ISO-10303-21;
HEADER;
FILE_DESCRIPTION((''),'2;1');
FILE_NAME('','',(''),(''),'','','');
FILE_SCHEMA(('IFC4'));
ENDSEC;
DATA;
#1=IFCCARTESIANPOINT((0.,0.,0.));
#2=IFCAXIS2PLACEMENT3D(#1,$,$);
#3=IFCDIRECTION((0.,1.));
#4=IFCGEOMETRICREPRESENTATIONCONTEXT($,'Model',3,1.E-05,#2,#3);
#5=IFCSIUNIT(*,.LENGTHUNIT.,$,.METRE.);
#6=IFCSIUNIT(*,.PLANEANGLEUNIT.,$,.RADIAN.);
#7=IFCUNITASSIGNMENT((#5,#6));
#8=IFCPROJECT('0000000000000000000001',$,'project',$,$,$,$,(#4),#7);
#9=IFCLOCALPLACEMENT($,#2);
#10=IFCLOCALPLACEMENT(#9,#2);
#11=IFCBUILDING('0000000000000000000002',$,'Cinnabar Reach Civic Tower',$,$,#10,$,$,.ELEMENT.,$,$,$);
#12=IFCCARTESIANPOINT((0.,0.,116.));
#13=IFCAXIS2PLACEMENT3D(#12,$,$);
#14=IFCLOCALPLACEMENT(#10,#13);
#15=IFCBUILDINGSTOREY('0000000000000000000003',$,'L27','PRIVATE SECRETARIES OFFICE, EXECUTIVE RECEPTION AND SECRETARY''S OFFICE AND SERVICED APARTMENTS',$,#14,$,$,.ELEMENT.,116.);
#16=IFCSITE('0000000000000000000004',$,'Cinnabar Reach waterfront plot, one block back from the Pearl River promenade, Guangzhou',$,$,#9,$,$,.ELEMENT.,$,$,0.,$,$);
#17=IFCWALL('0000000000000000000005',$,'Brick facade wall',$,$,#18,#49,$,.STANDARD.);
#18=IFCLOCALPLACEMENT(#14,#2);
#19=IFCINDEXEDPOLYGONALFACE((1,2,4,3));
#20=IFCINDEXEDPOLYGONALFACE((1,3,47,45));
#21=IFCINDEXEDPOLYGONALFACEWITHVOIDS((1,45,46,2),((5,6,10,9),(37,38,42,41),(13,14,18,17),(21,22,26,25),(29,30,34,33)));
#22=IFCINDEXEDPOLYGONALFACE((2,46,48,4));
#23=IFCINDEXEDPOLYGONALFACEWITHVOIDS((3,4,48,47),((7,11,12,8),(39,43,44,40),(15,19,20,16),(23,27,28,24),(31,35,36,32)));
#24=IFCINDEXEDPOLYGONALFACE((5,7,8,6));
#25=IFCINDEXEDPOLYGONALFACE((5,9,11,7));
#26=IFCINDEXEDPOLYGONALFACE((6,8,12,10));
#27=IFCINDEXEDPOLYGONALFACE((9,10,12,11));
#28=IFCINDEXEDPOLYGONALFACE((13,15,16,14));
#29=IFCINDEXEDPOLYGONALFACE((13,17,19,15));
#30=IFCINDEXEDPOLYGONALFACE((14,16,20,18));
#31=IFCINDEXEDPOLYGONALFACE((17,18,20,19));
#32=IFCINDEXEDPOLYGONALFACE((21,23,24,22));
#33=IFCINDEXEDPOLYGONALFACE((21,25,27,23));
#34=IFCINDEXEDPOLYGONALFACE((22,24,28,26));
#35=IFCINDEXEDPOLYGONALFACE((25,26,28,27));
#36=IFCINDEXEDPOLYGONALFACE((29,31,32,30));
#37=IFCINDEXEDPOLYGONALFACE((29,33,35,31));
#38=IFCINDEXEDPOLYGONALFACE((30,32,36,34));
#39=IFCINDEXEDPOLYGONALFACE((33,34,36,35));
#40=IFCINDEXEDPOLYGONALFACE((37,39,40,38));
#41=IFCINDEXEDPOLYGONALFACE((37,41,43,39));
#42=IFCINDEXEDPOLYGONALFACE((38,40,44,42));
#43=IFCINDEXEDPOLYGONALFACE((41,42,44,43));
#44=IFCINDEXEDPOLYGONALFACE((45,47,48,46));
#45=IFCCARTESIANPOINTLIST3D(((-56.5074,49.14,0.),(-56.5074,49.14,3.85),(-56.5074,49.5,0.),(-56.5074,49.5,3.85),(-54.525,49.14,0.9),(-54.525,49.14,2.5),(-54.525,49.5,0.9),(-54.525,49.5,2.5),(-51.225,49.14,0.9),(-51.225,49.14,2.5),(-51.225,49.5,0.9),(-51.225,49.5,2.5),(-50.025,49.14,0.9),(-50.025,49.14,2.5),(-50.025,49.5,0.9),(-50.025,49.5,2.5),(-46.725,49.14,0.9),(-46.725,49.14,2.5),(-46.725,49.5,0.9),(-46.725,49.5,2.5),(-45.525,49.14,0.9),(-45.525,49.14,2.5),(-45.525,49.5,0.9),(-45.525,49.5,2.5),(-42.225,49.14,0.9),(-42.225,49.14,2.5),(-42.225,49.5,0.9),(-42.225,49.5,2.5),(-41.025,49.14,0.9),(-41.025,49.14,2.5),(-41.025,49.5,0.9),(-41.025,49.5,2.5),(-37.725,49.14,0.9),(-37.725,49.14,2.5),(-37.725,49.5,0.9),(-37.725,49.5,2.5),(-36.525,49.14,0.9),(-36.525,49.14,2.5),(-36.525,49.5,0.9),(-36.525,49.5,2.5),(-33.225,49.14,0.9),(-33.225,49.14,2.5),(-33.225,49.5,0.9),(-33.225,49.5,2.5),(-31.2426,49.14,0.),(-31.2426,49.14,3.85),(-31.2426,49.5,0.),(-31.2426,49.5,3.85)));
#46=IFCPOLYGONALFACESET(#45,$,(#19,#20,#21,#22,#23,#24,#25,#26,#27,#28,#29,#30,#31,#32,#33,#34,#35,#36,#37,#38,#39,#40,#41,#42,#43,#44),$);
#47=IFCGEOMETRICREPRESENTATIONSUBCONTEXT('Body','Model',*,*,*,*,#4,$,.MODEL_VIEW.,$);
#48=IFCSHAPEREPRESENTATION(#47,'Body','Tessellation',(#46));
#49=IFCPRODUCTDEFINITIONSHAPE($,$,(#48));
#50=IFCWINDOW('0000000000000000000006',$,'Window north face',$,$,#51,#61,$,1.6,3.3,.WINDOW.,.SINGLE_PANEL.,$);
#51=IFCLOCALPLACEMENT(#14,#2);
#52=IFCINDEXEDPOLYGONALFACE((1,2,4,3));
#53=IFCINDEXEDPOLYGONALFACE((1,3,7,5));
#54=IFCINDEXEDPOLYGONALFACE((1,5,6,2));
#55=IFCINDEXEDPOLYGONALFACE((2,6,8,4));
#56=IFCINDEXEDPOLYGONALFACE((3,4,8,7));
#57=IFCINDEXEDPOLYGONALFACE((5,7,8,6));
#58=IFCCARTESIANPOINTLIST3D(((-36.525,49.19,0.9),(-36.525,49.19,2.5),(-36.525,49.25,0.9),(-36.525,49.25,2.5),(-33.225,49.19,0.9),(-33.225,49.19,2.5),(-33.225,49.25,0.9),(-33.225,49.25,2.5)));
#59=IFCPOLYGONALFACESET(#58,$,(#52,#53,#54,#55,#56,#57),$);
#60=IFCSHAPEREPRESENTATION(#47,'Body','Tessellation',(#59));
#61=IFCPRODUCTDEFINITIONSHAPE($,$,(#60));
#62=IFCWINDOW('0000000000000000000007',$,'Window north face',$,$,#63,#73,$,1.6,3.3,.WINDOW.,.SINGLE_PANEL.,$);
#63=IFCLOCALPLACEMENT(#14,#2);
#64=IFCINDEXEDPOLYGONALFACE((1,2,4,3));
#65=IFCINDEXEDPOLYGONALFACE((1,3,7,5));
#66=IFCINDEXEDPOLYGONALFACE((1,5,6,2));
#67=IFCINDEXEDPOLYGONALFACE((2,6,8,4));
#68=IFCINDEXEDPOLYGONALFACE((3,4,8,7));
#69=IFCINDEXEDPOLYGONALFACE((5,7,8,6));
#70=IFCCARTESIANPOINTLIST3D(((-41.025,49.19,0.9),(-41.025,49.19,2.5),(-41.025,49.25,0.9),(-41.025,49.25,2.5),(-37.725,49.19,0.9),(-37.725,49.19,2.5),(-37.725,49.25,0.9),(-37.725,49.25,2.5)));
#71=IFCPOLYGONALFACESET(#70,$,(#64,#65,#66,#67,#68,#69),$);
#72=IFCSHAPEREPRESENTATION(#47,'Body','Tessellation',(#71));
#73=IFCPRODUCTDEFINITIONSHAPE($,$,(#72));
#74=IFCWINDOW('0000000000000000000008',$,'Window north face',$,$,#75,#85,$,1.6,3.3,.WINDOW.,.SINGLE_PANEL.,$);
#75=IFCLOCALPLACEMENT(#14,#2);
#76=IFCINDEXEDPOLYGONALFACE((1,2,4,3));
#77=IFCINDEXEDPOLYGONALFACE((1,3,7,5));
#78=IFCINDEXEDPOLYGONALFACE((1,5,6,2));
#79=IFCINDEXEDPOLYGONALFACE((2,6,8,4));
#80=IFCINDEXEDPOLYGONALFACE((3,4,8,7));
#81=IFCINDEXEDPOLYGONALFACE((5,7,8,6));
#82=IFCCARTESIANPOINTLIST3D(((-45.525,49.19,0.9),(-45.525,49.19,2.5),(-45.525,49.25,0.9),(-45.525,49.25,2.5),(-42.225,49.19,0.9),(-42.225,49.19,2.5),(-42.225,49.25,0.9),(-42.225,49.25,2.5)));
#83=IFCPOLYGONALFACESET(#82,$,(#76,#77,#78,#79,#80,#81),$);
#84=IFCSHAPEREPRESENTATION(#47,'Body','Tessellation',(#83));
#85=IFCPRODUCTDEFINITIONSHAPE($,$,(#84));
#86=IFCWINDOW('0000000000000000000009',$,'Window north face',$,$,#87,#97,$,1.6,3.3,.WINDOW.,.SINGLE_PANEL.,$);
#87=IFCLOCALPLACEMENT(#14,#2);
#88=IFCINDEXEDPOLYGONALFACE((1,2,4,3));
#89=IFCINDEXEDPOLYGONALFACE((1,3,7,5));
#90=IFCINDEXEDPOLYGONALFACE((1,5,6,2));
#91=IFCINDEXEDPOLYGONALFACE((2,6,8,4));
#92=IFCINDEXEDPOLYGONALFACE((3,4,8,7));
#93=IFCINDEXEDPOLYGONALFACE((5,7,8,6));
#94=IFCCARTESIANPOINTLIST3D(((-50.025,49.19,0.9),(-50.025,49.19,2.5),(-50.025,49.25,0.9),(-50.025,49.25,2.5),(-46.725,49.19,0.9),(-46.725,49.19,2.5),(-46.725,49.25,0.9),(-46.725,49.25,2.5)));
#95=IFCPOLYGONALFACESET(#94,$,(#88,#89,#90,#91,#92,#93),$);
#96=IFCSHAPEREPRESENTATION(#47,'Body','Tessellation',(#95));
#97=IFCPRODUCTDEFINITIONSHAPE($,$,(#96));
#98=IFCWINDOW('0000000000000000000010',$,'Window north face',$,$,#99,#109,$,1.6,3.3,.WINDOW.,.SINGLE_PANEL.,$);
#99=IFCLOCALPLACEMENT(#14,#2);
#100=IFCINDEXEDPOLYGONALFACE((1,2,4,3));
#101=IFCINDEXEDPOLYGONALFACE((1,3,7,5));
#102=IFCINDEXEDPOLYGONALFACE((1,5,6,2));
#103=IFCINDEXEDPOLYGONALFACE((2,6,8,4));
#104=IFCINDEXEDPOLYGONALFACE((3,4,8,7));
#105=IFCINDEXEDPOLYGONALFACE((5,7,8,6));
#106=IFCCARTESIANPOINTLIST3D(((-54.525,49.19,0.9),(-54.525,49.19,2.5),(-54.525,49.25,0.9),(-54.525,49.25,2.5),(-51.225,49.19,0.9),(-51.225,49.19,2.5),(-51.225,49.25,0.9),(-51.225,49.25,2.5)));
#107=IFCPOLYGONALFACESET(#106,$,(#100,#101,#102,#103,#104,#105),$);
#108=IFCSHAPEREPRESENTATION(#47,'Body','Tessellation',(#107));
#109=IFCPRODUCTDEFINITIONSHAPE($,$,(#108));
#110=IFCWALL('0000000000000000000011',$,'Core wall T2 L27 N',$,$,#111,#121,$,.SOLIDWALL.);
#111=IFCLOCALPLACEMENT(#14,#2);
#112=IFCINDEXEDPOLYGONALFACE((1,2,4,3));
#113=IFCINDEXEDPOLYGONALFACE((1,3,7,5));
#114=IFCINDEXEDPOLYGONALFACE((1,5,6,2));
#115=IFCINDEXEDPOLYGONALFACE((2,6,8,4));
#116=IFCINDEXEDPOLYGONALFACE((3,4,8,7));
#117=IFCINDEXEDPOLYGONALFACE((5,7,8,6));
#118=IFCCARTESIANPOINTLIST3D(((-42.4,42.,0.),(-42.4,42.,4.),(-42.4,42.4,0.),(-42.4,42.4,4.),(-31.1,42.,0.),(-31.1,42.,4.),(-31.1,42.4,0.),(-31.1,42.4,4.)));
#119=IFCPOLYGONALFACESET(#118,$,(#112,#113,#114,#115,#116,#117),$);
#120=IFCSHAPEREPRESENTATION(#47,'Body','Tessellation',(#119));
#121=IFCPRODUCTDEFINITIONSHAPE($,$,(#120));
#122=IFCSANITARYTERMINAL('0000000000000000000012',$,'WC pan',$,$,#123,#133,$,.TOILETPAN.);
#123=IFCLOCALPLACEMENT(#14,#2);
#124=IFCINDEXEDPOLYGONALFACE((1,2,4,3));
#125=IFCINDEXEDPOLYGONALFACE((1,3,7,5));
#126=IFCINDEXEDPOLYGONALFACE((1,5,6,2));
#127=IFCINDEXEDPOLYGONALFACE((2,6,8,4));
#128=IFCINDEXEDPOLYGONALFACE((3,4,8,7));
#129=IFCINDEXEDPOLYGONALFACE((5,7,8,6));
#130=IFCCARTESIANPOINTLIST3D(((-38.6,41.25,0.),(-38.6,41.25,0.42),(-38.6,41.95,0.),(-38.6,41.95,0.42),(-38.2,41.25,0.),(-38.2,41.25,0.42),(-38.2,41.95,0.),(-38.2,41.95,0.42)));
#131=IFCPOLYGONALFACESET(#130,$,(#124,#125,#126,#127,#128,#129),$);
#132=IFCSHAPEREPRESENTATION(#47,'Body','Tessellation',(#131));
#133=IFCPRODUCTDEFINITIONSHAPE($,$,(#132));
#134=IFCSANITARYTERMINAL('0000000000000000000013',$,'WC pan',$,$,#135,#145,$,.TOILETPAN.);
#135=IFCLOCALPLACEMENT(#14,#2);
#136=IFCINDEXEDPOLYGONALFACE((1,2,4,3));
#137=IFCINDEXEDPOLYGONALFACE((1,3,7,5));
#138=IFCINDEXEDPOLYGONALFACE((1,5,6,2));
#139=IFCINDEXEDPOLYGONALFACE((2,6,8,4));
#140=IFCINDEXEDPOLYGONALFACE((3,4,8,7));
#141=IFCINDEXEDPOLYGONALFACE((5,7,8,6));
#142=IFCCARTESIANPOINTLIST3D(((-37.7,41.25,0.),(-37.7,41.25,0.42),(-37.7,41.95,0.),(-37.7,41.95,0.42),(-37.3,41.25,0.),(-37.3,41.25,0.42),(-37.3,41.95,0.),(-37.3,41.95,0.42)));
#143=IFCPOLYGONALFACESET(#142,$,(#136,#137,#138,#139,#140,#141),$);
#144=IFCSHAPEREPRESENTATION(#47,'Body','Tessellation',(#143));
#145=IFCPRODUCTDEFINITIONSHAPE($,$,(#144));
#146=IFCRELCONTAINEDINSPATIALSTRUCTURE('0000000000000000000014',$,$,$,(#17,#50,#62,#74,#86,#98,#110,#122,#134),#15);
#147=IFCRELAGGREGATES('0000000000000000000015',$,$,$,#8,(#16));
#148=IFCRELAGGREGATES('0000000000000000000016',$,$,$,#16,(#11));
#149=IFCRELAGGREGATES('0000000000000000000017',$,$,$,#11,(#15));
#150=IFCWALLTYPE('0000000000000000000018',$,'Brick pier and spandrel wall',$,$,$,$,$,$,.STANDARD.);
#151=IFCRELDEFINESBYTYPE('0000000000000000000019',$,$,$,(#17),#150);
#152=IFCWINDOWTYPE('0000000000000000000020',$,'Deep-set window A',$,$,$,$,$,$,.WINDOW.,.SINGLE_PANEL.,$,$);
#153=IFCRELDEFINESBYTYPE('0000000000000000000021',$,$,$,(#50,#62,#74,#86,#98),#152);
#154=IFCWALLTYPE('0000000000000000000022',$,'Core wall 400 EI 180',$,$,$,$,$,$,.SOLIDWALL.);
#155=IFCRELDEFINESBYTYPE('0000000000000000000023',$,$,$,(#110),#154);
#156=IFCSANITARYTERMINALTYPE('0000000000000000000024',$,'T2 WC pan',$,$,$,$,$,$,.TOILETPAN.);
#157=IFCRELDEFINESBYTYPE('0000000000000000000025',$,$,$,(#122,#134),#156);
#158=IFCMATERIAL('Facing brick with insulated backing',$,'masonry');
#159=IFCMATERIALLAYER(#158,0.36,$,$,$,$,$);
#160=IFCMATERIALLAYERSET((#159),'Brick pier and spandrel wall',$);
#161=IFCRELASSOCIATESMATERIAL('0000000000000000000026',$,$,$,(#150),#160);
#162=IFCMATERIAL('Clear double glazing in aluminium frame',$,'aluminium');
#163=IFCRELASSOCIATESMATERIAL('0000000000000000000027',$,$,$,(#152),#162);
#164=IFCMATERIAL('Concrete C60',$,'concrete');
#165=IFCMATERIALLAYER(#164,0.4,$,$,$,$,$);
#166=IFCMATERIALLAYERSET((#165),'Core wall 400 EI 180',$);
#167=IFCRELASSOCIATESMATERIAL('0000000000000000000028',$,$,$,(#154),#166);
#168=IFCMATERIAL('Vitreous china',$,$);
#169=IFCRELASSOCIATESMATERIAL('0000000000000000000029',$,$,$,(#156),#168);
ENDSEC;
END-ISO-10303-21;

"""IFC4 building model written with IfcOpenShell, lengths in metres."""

from ifc_helpers import new_model, si_unit, direction, frame, frame_2d, origin, origin_2d, place, context, subcontext, project, spatial, rectangle, extrude, material, layer, layer_set, type_object, element, fill, save


model = new_model("IFC4")

# Units and contexts
model_context = context("Model", 3, precision=1e-05, world=origin(), true_north=direction((0.0, 1.0)))
body_context = subcontext(model_context, "Body", "Model", "MODEL_VIEW")
ifc_project = project(units=[si_unit("LENGTHUNIT", "METRE"), si_unit("PLANEANGLEUNIT", "RADIAN")], contexts=[model_context])

# Site, building, storey
site_placement = place(None, origin())
site = spatial("IfcSite", under=ifc_project, at=site_placement, Name="Cinnabar Reach waterfront plot, one block back from the Pearl River promenade, Guangzhou", CompositionType="ELEMENT", RefElevation=0.0)
building_placement = place(site_placement, origin())
building = spatial("IfcBuilding", under=site, at=building_placement, Name="Cinnabar Reach Civic Tower", CompositionType="ELEMENT")
storey_placement = place(building_placement, frame((0.0, 0.0, 116.0)))
storey = spatial("IfcBuildingStorey", under=building, at=storey_placement, Name="L27", Description="PRIVATE SECRETARIES OFFICE, EXECUTIVE RECEPTION AND SECRETARY'S OFFICE AND SERVICED APARTMENTS", CompositionType="ELEMENT", Elevation=116.0)

# Shared definitions
ifc_material_1 = material(Name="Concrete C60", Category="concrete")

# Shared definitions
ifc_material_2 = material(Name="Facing brick with insulated backing", Category="masonry")

# Wall, openings, windows
ifc_layer_1 = layer(ifc_material_2, 0.36)
ifc_layer_set_1 = layer_set([ifc_layer_1], Name="Brick pier and spandrel wall")
wall_type_1 = type_object("IfcWallType", Name="Brick pier and spandrel wall", PredefinedType="STANDARD", material=ifc_layer_set_1)
wall_1_placement = place(storey_placement, frame((-31.2426, 49.32, 0.0), z_axis=(0.0, 0.0, 1.0), x_axis=(-1.0, 0.0, 0.0)))
wall_1 = element("IfcWall", 1, at=wall_1_placement, inside=storey, type_object=wall_type_1, Name="Brick facade wall", PredefinedType="STANDARD", context=body_context, shape_type="SweptSolid", body=[
    extrude(rectangle(XDim=25.2648, YDim=0.36, at=frame_2d((12.6324, 0.0))), origin(), (0.0, 0.0, 1.0), 3.85),
])
opening_1_placement = place(wall_1_placement, frame((1.9824, 0.0, 0.9)))
opening_1 = element("IfcOpeningElement", 2, at=opening_1_placement, cuts=wall_1, PredefinedType="OPENING", context=body_context, shape_type="SweptSolid", body=[
    extrude(rectangle(XDim=3.3, YDim=1.6, at=frame_2d((1.65, 0.8))), frame((0.0, 0.19, 0.0), z_axis=(0.0, -1.0, 0.0), x_axis=(1.0, 0.0, 0.0)), (0.0, 0.0, 1.0), 0.38),
])
opening_2_placement = place(wall_1_placement, frame((6.4824, 0.0, 0.9)))
opening_2 = element("IfcOpeningElement", 3, at=opening_2_placement, cuts=wall_1, PredefinedType="OPENING", context=body_context, shape_type="SweptSolid", body=[
    extrude(rectangle(XDim=3.3, YDim=1.6, at=frame_2d((1.65, 0.8))), frame((0.0, 0.19, 0.0), z_axis=(0.0, -1.0, 0.0), x_axis=(1.0, 0.0, 0.0)), (0.0, 0.0, 1.0), 0.38),
])
opening_3_placement = place(wall_1_placement, frame((10.9824, 0.0, 0.9)))
opening_3 = element("IfcOpeningElement", 4, at=opening_3_placement, cuts=wall_1, PredefinedType="OPENING", context=body_context, shape_type="SweptSolid", body=[
    extrude(rectangle(XDim=3.3, YDim=1.6, at=frame_2d((1.65, 0.8))), frame((0.0, 0.19, 0.0), z_axis=(0.0, -1.0, 0.0), x_axis=(1.0, 0.0, 0.0)), (0.0, 0.0, 1.0), 0.38),
])
opening_4_placement = place(wall_1_placement, frame((15.4824, 0.0, 0.9)))
opening_4 = element("IfcOpeningElement", 5, at=opening_4_placement, cuts=wall_1, PredefinedType="OPENING", context=body_context, shape_type="SweptSolid", body=[
    extrude(rectangle(XDim=3.3, YDim=1.6, at=frame_2d((1.65, 0.8))), frame((0.0, 0.19, 0.0), z_axis=(0.0, -1.0, 0.0), x_axis=(1.0, 0.0, 0.0)), (0.0, 0.0, 1.0), 0.38),
])
opening_5_placement = place(wall_1_placement, frame((19.9824, 0.0, 0.9)))
opening_5 = element("IfcOpeningElement", 6, at=opening_5_placement, cuts=wall_1, PredefinedType="OPENING", context=body_context, shape_type="SweptSolid", body=[
    extrude(rectangle(XDim=3.3, YDim=1.6, at=frame_2d((1.65, 0.8))), frame((0.0, 0.19, 0.0), z_axis=(0.0, -1.0, 0.0), x_axis=(1.0, 0.0, 0.0)), (0.0, 0.0, 1.0), 0.38),
])
ifc_material_3 = material(Name="Clear double glazing in aluminium frame", Category="aluminium")
window_type = type_object("IfcWindowType", Name="Deep-set window A", PartitioningType="SINGLE_PANEL", PredefinedType="WINDOW", material=ifc_material_3)
window_1_placement = place(opening_1_placement, origin())
window_1 = element("IfcWindow", 7, at=window_1_placement, inside=storey, type_object=window_type, Name="Window north face", OverallHeight=1.6, OverallWidth=3.3, PartitioningType="SINGLE_PANEL", PredefinedType="WINDOW", context=body_context, shape_type="SweptSolid", body=[
    extrude(rectangle(XDim=3.3, YDim=1.6, at=frame_2d((1.65, 0.8))), frame((0.0, 0.13, 0.0), z_axis=(0.0, -1.0, 0.0), x_axis=(1.0, 0.0, 0.0)), (0.0, 0.0, 1.0), 0.06),
])
fill(opening_1, window_1)
window_2_placement = place(opening_2_placement, origin())
window_2 = element("IfcWindow", 8, at=window_2_placement, inside=storey, type_object=window_type, Name="Window north face", OverallHeight=1.6, OverallWidth=3.3, PartitioningType="SINGLE_PANEL", PredefinedType="WINDOW", context=body_context, shape_type="SweptSolid", body=[
    extrude(rectangle(XDim=3.3, YDim=1.6, at=frame_2d((1.65, 0.8))), frame((0.0, 0.13, 0.0), z_axis=(0.0, -1.0, 0.0), x_axis=(1.0, 0.0, 0.0)), (0.0, 0.0, 1.0), 0.06),
])
fill(opening_2, window_2)
window_3_placement = place(opening_3_placement, origin())
window_3 = element("IfcWindow", 9, at=window_3_placement, inside=storey, type_object=window_type, Name="Window north face", OverallHeight=1.6, OverallWidth=3.3, PartitioningType="SINGLE_PANEL", PredefinedType="WINDOW", context=body_context, shape_type="SweptSolid", body=[
    extrude(rectangle(XDim=3.3, YDim=1.6, at=frame_2d((1.65, 0.8))), frame((0.0, 0.13, 0.0), z_axis=(0.0, -1.0, 0.0), x_axis=(1.0, 0.0, 0.0)), (0.0, 0.0, 1.0), 0.06),
])
fill(opening_3, window_3)
window_4_placement = place(opening_4_placement, origin())
window_4 = element("IfcWindow", 10, at=window_4_placement, inside=storey, type_object=window_type, Name="Window north face", OverallHeight=1.6, OverallWidth=3.3, PartitioningType="SINGLE_PANEL", PredefinedType="WINDOW", context=body_context, shape_type="SweptSolid", body=[
    extrude(rectangle(XDim=3.3, YDim=1.6, at=frame_2d((1.65, 0.8))), frame((0.0, 0.13, 0.0), z_axis=(0.0, -1.0, 0.0), x_axis=(1.0, 0.0, 0.0)), (0.0, 0.0, 1.0), 0.06),
])
fill(opening_4, window_4)
window_5_placement = place(opening_5_placement, origin())
window_5 = element("IfcWindow", 11, at=window_5_placement, inside=storey, type_object=window_type, Name="Window north face", OverallHeight=1.6, OverallWidth=3.3, PartitioningType="SINGLE_PANEL", PredefinedType="WINDOW", context=body_context, shape_type="SweptSolid", body=[
    extrude(rectangle(XDim=3.3, YDim=1.6, at=frame_2d((1.65, 0.8))), frame((0.0, 0.13, 0.0), z_axis=(0.0, -1.0, 0.0), x_axis=(1.0, 0.0, 0.0)), (0.0, 0.0, 1.0), 0.06),
])
fill(opening_5, window_5)

# Wall
ifc_layer_2 = layer(ifc_material_1, 0.4)
ifc_layer_set_2 = layer_set([ifc_layer_2], Name="Core wall 400 EI 180")
wall_type_2 = type_object("IfcWallType", Name="Core wall 400 EI 180", PredefinedType="SOLIDWALL", material=ifc_layer_set_2)
wall_2_placement = place(storey_placement, frame((-31.1, 42.2, 0.0), z_axis=(0.0, 0.0, 1.0), x_axis=(-1.0, 0.0, 0.0)))
element("IfcWall", 12, at=wall_2_placement, inside=storey, type_object=wall_type_2, Name="Core wall T2 L27 N", PredefinedType="SOLIDWALL", context=body_context, shape_type="SweptSolid", body=[
    extrude(rectangle(XDim=11.3, YDim=0.4, at=frame_2d((5.65, 0.0))), origin(), (0.0, 0.0, 1.0), 4.0),
])

# Sanitary terminals
ifc_material_4 = material(Name="Vitreous china")
sanitary_terminal_type = type_object("IfcSanitaryTerminalType", Name="T2 WC pan", PredefinedType="TOILETPAN", material=ifc_material_4)
for number, where, z_axis, x_axis, name in (
    (13, (-38.4, 41.6, 0.0), (0.0, 0.0, 1.0), (1.0, 0.0, 0.0), "WC pan"),
    (14, (-37.5, 41.6, 0.0), (0.0, 0.0, 1.0), (1.0, 0.0, 0.0), "WC pan"),
):
    element("IfcSanitaryTerminal", number, at=place(storey_placement, frame(where, z_axis=z_axis, x_axis=x_axis)), inside=storey, type_object=sanitary_terminal_type, Name=name, PredefinedType="TOILETPAN", context=body_context, shape_type="SweptSolid", body=[
        extrude(rectangle(XDim=0.4, YDim=0.7, at=origin_2d()), origin(), (0.0, 0.0, 1.0), 0.42),
    ])

save(model, "model.ifc")
